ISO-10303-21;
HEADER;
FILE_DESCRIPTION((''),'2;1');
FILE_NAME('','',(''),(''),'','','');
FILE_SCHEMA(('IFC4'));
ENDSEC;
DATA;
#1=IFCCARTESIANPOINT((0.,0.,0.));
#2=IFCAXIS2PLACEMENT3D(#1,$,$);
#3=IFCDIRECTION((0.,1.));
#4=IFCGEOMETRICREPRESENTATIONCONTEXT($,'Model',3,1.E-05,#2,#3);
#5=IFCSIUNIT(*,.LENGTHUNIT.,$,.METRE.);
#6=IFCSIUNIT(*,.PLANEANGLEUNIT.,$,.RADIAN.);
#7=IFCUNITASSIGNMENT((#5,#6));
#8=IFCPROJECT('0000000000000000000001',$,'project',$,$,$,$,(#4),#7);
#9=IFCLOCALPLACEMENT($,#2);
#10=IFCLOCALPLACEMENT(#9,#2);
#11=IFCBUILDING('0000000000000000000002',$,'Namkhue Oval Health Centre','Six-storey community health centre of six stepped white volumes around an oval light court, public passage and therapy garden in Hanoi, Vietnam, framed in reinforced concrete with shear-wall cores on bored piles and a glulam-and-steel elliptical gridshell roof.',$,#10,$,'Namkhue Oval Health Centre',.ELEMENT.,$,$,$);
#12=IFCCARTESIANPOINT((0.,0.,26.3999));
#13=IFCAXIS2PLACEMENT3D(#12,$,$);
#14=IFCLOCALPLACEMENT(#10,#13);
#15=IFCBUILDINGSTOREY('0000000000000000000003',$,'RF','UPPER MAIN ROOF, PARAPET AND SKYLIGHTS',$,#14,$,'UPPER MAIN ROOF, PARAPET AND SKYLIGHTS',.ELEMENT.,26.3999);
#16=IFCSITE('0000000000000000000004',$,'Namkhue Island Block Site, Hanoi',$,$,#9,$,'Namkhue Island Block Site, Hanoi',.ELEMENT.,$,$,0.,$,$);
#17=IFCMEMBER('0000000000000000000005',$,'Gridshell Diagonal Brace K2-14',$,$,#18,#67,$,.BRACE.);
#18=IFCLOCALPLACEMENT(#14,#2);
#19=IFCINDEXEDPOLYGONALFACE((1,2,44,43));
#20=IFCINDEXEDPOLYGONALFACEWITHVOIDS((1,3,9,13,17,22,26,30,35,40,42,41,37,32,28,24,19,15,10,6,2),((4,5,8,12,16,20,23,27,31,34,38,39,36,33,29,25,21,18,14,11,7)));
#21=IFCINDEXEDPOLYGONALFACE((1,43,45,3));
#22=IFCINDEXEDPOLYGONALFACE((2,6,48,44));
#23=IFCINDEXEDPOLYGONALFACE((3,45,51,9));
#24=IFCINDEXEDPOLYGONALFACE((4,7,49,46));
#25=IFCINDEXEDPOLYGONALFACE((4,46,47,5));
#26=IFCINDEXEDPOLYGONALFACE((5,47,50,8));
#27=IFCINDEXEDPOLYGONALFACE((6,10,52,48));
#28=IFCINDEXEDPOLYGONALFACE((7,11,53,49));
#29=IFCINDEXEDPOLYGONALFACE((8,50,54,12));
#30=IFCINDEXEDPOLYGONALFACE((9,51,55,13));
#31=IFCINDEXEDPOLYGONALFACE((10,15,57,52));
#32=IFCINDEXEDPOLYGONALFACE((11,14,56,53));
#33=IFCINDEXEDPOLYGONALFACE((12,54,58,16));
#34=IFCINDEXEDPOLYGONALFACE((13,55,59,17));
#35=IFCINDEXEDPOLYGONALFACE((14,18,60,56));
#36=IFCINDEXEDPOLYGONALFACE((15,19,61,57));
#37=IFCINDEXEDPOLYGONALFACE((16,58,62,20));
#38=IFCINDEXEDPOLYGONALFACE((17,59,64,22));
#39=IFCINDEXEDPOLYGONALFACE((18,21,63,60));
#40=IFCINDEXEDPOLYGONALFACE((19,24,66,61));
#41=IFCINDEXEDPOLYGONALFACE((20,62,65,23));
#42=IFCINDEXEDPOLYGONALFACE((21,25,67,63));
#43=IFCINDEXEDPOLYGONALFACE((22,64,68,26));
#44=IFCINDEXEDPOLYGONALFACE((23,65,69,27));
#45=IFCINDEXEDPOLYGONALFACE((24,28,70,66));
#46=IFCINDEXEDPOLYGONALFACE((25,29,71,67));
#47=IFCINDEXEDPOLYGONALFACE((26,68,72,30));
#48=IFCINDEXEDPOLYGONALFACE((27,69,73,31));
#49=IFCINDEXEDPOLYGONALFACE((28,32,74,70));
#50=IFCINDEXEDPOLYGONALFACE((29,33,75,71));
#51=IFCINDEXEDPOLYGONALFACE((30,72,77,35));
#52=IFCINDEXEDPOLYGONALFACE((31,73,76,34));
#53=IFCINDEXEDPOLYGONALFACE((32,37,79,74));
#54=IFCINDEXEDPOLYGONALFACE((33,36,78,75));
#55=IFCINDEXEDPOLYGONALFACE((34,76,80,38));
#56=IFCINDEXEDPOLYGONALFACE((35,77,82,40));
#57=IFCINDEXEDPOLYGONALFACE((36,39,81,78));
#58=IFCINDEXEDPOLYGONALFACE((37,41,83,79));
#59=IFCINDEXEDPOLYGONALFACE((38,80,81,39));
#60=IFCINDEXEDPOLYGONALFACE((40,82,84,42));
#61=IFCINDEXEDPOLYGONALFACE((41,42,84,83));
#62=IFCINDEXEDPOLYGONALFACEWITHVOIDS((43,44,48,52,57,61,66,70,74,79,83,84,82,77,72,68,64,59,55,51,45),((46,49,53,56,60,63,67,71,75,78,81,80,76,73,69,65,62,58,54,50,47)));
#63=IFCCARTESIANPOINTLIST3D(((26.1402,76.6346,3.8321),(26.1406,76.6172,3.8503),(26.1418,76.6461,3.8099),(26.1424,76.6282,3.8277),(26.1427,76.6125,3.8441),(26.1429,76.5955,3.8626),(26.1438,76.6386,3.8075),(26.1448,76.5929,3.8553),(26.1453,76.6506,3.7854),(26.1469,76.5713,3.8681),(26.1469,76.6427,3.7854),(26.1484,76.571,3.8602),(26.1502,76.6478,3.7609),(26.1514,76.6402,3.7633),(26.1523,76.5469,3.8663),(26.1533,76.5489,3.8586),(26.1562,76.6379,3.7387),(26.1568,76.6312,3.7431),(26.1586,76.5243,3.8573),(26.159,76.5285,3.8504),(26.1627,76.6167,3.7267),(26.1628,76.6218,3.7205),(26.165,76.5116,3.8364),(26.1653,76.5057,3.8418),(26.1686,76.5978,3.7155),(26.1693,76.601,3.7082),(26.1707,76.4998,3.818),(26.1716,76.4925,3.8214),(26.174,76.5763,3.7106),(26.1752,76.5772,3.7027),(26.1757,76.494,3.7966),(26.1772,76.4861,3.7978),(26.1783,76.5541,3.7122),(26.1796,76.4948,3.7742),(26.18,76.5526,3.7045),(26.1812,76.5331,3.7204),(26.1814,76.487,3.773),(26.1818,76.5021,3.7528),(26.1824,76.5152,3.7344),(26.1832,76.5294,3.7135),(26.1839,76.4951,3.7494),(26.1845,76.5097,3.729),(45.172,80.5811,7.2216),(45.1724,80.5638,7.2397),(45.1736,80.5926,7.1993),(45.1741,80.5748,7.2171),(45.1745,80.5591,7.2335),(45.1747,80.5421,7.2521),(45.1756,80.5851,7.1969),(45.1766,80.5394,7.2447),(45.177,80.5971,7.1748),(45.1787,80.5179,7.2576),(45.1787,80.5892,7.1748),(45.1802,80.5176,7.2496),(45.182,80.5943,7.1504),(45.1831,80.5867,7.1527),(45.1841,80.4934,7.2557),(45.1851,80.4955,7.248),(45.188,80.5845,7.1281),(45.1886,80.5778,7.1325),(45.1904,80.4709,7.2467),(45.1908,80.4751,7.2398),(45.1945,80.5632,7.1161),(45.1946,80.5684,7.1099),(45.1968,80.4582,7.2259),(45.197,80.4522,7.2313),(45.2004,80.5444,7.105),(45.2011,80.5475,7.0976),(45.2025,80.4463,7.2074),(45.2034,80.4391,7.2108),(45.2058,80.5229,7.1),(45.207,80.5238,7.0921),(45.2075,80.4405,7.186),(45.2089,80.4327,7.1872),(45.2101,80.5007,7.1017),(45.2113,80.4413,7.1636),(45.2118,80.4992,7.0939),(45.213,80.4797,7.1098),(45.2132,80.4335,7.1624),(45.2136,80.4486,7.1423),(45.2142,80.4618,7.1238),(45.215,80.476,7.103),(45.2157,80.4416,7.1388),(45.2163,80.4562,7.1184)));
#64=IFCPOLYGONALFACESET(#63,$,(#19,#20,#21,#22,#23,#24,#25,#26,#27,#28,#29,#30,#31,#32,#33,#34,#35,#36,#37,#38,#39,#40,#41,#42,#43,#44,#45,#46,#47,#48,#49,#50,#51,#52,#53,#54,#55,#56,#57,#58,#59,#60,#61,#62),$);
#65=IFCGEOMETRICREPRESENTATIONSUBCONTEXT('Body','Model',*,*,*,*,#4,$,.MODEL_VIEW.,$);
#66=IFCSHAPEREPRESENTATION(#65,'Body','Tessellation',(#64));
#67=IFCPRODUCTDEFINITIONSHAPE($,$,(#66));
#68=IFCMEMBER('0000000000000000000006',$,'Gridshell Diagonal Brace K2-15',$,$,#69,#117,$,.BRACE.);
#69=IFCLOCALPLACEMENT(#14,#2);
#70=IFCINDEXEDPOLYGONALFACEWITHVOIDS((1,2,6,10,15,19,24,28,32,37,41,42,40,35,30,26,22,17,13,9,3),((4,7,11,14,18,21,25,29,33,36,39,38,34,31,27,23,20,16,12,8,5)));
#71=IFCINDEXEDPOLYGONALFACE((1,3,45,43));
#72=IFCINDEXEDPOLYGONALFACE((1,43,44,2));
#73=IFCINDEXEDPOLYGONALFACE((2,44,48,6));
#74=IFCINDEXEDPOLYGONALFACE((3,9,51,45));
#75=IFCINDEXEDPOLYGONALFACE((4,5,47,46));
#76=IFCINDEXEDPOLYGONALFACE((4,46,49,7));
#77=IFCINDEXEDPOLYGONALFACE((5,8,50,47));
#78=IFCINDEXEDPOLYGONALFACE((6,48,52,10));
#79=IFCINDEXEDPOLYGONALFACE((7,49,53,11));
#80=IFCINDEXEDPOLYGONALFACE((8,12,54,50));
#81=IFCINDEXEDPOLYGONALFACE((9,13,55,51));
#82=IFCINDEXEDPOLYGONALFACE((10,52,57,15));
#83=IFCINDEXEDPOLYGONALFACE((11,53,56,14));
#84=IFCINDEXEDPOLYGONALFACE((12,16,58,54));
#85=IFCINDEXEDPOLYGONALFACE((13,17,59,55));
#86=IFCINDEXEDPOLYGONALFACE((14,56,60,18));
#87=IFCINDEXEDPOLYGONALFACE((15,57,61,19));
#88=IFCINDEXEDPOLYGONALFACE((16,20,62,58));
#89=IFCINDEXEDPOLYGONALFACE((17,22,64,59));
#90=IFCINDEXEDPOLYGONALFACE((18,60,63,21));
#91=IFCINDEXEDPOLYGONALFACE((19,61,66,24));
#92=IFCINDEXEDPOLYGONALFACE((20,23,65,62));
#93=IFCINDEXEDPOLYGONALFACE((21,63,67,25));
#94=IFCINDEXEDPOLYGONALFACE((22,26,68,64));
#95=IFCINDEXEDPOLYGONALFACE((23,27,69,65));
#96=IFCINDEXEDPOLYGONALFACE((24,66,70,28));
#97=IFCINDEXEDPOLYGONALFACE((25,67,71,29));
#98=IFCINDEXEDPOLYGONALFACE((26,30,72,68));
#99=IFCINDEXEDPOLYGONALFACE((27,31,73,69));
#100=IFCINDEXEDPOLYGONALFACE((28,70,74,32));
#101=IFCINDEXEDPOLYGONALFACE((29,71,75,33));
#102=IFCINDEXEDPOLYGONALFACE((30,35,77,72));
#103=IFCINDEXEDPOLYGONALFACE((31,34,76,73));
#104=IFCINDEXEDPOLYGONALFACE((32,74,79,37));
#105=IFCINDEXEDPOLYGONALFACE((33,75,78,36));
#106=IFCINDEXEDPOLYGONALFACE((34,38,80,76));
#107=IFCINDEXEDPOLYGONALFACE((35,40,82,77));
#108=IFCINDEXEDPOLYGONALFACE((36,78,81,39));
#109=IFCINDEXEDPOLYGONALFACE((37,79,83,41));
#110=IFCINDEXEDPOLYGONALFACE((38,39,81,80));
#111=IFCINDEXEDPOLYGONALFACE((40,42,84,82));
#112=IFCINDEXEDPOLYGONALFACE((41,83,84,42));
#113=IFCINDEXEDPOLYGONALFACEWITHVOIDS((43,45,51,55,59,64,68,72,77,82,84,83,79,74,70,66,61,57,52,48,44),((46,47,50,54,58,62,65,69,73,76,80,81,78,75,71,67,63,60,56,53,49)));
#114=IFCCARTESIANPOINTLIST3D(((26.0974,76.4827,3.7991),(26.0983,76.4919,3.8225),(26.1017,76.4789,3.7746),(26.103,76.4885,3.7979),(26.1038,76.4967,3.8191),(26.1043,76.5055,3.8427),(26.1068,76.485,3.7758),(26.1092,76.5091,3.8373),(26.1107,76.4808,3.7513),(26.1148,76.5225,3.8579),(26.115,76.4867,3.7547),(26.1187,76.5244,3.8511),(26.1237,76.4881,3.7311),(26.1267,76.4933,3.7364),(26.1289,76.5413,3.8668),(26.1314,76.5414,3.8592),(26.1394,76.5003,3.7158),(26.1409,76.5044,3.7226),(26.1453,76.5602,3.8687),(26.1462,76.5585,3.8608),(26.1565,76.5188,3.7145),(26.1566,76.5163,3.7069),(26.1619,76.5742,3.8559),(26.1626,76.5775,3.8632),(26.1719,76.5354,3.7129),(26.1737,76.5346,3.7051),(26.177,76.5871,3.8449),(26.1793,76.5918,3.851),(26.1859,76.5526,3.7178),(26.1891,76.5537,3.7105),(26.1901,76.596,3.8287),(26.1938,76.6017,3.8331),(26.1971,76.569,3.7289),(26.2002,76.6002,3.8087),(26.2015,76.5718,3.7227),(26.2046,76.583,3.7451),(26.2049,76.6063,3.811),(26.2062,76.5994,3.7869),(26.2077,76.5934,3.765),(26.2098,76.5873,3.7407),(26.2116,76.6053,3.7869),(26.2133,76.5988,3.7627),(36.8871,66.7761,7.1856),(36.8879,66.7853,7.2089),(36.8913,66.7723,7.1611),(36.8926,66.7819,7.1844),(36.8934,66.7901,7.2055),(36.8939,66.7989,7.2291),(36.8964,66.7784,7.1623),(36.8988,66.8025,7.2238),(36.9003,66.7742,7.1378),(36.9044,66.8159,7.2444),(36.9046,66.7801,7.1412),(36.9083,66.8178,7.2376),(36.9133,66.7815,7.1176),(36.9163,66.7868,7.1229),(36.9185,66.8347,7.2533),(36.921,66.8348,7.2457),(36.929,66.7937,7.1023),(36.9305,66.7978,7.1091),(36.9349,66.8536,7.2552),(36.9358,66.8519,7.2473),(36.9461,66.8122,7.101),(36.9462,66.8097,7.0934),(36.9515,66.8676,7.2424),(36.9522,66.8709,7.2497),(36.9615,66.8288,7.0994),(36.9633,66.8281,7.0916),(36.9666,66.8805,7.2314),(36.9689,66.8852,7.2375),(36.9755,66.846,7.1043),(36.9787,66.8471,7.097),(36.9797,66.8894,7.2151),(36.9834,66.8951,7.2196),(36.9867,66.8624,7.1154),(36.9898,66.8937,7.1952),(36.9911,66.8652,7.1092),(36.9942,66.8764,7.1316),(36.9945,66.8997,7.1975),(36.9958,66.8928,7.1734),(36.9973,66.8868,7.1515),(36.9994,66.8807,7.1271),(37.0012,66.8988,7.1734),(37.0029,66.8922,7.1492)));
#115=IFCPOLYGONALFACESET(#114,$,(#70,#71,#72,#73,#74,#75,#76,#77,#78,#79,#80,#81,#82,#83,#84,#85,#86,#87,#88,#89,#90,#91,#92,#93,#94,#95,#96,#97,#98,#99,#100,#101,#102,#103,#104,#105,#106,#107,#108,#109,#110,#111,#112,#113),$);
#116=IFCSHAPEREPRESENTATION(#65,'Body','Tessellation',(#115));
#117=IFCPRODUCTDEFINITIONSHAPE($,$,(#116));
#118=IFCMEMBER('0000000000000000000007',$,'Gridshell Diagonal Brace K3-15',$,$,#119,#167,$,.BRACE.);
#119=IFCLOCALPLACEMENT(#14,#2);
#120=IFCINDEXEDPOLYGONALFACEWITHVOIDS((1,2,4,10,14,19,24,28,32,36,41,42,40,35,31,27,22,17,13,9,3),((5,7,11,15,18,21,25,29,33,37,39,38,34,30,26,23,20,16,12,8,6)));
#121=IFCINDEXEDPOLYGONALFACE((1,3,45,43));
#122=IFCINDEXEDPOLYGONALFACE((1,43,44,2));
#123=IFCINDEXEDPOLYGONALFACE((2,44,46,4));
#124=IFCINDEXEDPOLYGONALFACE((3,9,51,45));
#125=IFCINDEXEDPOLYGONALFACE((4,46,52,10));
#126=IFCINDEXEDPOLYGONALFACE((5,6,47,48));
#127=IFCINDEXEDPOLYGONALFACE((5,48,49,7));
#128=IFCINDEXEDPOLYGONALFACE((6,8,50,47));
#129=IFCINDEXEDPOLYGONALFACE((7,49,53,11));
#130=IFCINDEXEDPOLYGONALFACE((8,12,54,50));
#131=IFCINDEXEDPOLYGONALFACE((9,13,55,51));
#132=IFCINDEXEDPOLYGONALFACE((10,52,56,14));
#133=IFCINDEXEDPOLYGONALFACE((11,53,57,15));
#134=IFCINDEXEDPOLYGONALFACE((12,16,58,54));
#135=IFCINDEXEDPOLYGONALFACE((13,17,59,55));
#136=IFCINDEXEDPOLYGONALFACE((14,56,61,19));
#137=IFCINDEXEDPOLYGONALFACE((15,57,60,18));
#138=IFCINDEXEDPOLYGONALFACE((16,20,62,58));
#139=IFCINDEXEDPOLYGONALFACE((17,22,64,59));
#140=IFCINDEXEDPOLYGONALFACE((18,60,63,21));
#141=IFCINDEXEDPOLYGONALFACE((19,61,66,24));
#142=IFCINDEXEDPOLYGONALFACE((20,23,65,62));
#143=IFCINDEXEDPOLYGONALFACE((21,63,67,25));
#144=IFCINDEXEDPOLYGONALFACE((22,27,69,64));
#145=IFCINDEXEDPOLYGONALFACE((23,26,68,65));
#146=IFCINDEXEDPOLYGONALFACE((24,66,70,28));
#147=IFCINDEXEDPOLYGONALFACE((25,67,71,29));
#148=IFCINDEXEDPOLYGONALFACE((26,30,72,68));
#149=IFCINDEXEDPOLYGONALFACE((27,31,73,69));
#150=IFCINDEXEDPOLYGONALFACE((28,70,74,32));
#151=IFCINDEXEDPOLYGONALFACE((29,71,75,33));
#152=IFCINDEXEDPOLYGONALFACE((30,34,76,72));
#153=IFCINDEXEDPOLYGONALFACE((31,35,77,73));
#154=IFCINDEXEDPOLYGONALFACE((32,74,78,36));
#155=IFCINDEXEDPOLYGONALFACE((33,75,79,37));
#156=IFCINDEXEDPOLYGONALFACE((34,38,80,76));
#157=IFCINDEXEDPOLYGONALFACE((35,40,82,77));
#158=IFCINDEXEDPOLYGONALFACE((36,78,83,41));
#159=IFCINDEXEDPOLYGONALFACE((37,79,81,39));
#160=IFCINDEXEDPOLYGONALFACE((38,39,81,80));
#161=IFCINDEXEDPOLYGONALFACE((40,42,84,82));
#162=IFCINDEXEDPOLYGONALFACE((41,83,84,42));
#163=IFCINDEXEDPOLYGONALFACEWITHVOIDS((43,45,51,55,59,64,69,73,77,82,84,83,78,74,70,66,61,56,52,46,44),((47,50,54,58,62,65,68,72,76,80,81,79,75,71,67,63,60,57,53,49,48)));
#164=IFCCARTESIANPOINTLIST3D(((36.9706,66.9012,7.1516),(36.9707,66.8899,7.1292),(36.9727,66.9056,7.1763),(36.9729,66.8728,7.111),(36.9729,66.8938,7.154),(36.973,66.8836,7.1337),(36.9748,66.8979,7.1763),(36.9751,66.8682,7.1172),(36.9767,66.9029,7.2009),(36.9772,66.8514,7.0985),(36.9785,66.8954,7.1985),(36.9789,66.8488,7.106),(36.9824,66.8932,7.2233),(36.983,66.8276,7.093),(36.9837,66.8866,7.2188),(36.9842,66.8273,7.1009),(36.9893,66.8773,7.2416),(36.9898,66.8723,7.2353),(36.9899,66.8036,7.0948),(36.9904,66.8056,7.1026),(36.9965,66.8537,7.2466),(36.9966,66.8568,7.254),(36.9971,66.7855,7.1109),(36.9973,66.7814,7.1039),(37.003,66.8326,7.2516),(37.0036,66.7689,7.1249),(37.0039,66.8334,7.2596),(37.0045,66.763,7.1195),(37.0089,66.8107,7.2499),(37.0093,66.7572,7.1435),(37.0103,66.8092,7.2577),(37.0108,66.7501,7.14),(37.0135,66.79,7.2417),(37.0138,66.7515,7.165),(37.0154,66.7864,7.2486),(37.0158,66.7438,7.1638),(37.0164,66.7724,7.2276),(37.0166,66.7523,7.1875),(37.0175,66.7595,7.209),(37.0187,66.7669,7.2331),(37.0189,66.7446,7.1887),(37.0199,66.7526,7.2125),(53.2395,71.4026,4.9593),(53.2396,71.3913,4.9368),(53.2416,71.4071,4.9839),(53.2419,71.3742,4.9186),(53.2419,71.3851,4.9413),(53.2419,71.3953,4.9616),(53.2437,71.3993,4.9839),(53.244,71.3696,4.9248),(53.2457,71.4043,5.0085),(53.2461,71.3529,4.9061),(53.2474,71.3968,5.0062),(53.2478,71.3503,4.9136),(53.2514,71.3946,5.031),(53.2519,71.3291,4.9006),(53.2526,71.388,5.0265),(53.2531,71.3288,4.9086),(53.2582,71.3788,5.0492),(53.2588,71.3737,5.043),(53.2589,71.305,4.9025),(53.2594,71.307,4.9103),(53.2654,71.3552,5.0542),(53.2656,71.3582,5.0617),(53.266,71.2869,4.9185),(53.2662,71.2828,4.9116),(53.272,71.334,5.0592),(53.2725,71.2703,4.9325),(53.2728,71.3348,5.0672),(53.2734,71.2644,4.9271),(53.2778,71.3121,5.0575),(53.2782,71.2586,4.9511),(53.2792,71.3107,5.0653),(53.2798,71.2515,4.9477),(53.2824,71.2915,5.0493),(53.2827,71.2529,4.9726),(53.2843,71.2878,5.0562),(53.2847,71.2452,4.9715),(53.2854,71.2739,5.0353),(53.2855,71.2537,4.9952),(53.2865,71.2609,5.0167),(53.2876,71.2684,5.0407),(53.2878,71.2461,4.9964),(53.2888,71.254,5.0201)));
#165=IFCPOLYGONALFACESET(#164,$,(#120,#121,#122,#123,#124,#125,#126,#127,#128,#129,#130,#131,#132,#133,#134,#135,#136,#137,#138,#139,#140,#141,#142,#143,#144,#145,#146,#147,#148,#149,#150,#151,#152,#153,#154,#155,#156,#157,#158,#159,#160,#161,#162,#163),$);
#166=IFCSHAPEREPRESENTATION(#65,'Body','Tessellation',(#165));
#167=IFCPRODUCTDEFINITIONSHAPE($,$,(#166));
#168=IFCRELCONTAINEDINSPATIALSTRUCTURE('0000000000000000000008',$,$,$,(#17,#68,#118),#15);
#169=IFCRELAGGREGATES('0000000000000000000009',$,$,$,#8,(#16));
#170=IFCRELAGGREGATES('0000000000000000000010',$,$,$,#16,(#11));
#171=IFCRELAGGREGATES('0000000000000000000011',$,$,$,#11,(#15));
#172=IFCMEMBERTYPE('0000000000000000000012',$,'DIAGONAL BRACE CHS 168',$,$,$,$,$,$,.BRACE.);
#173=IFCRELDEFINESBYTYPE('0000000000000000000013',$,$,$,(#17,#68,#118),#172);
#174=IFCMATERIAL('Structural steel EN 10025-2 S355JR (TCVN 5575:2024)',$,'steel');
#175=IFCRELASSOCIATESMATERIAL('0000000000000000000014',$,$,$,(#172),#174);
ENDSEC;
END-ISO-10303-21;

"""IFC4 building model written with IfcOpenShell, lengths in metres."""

from ifc_helpers import new_model, si_unit, direction, frame, origin, origin_2d, place, context, subcontext, project, spatial, hollow_circle, extrude, material, material_profile, profile_set, type_object, element, save


model = new_model("IFC4")

# Units and contexts
model_context = context("Model", 3, precision=1e-05, world=origin(), true_north=direction((0.0, 1.0)))
body_context = subcontext(model_context, "Body", "Model", "MODEL_VIEW")
ifc_project = project(units=[si_unit("LENGTHUNIT", "METRE"), si_unit("PLANEANGLEUNIT", "RADIAN")], contexts=[model_context])

# Site, building, storey
site_placement = place(None, origin())
site = spatial("IfcSite", under=ifc_project, at=site_placement, Name="Namkhue Island Block Site, Hanoi", LongName="Namkhue Island Block Site, Hanoi", CompositionType="ELEMENT", RefElevation=0.0)
building_placement = place(site_placement, origin())
building = spatial("IfcBuilding", under=site, at=building_placement, Name="Namkhue Oval Health Centre", Description="Six-storey community health centre of six stepped white volumes around an oval light court, public passage and therapy garden in Hanoi, Vietnam, framed in reinforced concrete with shear-wall cores on bored piles and a glulam-and-steel elliptical gridshell roof.", LongName="Namkhue Oval Health Centre", CompositionType="ELEMENT")
storey_placement = place(building_placement, frame((0.0, 0.0, 26.3999)))
storey = spatial("IfcBuildingStorey", under=building, at=storey_placement, Name="RF", Description="UPPER MAIN ROOF, PARAPET AND SKYLIGHTS", LongName="UPPER MAIN ROOF, PARAPET AND SKYLIGHTS", CompositionType="ELEMENT", Elevation=26.3999)

# Members
ifc_material_1 = material(Name="Structural steel EN 10025-2 S355JR (TCVN 5575:2024)", Category="steel")
ifc_material_profile_1 = material_profile(ifc_material_1, hollow_circle(Radius=0.0842, WallThickness=0.0081, at=origin_2d()), Name="CHS 168.3x8")
ifc_profile_set_1 = profile_set([ifc_material_profile_1], Name="Structural steel EN 10025-2 S355JR (TCVN 5575:2024)")
member_type_1 = type_object("IfcMemberType", Name="DIAGONAL BRACE CHS 168", PredefinedType="BRACE", material=ifc_profile_set_1)
member_1_placement = place(storey_placement, frame((26.1624, 76.5681, 3.7854), z_axis=(0.964612, 0.200028, 0.17179), x_axis=(-0.203046, 0.979169, 0.0)))
element("IfcMember", 1, at=member_1_placement, inside=storey, type_object=member_type_1, Name="Gridshell Diagonal Brace K2-14", PredefinedType="BRACE", context=body_context, shape_type="SweptSolid", body=[
    extrude(hollow_circle(Radius=0.0842, WallThickness=0.0081, at=origin_2d()), origin(), (0.0, 0.0, 1.0), 19.73),
])
member_2_placement = place(storey_placement, frame((26.1553, 76.5427, 3.7869), z_axis=(0.723985, -0.651314, 0.227234), x_axis=(0.66881, 0.743433, 0.0)))
element("IfcMember", 2, at=member_2_placement, inside=storey, type_object=member_type_1, Name="Gridshell Diagonal Brace K2-15", PredefinedType="BRACE", context=body_context, shape_type="SweptSolid", body=[
    extrude(hollow_circle(Radius=0.0842, WallThickness=0.0081, at=origin_2d()), origin(), (0.0, 0.0, 1.0), 14.9031),
])
member_3_placement = place(storey_placement, frame((36.9951, 66.8245, 7.1763), z_axis=(0.955761, 0.264448, -0.128796), x_axis=(-0.26667, 0.963788, 0.0)))
element("IfcMember", 3, at=member_3_placement, inside=storey, type_object=member_type_1, Name="Gridshell Diagonal Brace K3-15", PredefinedType="BRACE", context=body_context, shape_type="SweptSolid", body=[
    extrude(hollow_circle(Radius=0.0842, WallThickness=0.0081, at=origin_2d()), origin(), (0.0, 0.0, 1.0), 17.022),
])

save(model, "model.ifc")
